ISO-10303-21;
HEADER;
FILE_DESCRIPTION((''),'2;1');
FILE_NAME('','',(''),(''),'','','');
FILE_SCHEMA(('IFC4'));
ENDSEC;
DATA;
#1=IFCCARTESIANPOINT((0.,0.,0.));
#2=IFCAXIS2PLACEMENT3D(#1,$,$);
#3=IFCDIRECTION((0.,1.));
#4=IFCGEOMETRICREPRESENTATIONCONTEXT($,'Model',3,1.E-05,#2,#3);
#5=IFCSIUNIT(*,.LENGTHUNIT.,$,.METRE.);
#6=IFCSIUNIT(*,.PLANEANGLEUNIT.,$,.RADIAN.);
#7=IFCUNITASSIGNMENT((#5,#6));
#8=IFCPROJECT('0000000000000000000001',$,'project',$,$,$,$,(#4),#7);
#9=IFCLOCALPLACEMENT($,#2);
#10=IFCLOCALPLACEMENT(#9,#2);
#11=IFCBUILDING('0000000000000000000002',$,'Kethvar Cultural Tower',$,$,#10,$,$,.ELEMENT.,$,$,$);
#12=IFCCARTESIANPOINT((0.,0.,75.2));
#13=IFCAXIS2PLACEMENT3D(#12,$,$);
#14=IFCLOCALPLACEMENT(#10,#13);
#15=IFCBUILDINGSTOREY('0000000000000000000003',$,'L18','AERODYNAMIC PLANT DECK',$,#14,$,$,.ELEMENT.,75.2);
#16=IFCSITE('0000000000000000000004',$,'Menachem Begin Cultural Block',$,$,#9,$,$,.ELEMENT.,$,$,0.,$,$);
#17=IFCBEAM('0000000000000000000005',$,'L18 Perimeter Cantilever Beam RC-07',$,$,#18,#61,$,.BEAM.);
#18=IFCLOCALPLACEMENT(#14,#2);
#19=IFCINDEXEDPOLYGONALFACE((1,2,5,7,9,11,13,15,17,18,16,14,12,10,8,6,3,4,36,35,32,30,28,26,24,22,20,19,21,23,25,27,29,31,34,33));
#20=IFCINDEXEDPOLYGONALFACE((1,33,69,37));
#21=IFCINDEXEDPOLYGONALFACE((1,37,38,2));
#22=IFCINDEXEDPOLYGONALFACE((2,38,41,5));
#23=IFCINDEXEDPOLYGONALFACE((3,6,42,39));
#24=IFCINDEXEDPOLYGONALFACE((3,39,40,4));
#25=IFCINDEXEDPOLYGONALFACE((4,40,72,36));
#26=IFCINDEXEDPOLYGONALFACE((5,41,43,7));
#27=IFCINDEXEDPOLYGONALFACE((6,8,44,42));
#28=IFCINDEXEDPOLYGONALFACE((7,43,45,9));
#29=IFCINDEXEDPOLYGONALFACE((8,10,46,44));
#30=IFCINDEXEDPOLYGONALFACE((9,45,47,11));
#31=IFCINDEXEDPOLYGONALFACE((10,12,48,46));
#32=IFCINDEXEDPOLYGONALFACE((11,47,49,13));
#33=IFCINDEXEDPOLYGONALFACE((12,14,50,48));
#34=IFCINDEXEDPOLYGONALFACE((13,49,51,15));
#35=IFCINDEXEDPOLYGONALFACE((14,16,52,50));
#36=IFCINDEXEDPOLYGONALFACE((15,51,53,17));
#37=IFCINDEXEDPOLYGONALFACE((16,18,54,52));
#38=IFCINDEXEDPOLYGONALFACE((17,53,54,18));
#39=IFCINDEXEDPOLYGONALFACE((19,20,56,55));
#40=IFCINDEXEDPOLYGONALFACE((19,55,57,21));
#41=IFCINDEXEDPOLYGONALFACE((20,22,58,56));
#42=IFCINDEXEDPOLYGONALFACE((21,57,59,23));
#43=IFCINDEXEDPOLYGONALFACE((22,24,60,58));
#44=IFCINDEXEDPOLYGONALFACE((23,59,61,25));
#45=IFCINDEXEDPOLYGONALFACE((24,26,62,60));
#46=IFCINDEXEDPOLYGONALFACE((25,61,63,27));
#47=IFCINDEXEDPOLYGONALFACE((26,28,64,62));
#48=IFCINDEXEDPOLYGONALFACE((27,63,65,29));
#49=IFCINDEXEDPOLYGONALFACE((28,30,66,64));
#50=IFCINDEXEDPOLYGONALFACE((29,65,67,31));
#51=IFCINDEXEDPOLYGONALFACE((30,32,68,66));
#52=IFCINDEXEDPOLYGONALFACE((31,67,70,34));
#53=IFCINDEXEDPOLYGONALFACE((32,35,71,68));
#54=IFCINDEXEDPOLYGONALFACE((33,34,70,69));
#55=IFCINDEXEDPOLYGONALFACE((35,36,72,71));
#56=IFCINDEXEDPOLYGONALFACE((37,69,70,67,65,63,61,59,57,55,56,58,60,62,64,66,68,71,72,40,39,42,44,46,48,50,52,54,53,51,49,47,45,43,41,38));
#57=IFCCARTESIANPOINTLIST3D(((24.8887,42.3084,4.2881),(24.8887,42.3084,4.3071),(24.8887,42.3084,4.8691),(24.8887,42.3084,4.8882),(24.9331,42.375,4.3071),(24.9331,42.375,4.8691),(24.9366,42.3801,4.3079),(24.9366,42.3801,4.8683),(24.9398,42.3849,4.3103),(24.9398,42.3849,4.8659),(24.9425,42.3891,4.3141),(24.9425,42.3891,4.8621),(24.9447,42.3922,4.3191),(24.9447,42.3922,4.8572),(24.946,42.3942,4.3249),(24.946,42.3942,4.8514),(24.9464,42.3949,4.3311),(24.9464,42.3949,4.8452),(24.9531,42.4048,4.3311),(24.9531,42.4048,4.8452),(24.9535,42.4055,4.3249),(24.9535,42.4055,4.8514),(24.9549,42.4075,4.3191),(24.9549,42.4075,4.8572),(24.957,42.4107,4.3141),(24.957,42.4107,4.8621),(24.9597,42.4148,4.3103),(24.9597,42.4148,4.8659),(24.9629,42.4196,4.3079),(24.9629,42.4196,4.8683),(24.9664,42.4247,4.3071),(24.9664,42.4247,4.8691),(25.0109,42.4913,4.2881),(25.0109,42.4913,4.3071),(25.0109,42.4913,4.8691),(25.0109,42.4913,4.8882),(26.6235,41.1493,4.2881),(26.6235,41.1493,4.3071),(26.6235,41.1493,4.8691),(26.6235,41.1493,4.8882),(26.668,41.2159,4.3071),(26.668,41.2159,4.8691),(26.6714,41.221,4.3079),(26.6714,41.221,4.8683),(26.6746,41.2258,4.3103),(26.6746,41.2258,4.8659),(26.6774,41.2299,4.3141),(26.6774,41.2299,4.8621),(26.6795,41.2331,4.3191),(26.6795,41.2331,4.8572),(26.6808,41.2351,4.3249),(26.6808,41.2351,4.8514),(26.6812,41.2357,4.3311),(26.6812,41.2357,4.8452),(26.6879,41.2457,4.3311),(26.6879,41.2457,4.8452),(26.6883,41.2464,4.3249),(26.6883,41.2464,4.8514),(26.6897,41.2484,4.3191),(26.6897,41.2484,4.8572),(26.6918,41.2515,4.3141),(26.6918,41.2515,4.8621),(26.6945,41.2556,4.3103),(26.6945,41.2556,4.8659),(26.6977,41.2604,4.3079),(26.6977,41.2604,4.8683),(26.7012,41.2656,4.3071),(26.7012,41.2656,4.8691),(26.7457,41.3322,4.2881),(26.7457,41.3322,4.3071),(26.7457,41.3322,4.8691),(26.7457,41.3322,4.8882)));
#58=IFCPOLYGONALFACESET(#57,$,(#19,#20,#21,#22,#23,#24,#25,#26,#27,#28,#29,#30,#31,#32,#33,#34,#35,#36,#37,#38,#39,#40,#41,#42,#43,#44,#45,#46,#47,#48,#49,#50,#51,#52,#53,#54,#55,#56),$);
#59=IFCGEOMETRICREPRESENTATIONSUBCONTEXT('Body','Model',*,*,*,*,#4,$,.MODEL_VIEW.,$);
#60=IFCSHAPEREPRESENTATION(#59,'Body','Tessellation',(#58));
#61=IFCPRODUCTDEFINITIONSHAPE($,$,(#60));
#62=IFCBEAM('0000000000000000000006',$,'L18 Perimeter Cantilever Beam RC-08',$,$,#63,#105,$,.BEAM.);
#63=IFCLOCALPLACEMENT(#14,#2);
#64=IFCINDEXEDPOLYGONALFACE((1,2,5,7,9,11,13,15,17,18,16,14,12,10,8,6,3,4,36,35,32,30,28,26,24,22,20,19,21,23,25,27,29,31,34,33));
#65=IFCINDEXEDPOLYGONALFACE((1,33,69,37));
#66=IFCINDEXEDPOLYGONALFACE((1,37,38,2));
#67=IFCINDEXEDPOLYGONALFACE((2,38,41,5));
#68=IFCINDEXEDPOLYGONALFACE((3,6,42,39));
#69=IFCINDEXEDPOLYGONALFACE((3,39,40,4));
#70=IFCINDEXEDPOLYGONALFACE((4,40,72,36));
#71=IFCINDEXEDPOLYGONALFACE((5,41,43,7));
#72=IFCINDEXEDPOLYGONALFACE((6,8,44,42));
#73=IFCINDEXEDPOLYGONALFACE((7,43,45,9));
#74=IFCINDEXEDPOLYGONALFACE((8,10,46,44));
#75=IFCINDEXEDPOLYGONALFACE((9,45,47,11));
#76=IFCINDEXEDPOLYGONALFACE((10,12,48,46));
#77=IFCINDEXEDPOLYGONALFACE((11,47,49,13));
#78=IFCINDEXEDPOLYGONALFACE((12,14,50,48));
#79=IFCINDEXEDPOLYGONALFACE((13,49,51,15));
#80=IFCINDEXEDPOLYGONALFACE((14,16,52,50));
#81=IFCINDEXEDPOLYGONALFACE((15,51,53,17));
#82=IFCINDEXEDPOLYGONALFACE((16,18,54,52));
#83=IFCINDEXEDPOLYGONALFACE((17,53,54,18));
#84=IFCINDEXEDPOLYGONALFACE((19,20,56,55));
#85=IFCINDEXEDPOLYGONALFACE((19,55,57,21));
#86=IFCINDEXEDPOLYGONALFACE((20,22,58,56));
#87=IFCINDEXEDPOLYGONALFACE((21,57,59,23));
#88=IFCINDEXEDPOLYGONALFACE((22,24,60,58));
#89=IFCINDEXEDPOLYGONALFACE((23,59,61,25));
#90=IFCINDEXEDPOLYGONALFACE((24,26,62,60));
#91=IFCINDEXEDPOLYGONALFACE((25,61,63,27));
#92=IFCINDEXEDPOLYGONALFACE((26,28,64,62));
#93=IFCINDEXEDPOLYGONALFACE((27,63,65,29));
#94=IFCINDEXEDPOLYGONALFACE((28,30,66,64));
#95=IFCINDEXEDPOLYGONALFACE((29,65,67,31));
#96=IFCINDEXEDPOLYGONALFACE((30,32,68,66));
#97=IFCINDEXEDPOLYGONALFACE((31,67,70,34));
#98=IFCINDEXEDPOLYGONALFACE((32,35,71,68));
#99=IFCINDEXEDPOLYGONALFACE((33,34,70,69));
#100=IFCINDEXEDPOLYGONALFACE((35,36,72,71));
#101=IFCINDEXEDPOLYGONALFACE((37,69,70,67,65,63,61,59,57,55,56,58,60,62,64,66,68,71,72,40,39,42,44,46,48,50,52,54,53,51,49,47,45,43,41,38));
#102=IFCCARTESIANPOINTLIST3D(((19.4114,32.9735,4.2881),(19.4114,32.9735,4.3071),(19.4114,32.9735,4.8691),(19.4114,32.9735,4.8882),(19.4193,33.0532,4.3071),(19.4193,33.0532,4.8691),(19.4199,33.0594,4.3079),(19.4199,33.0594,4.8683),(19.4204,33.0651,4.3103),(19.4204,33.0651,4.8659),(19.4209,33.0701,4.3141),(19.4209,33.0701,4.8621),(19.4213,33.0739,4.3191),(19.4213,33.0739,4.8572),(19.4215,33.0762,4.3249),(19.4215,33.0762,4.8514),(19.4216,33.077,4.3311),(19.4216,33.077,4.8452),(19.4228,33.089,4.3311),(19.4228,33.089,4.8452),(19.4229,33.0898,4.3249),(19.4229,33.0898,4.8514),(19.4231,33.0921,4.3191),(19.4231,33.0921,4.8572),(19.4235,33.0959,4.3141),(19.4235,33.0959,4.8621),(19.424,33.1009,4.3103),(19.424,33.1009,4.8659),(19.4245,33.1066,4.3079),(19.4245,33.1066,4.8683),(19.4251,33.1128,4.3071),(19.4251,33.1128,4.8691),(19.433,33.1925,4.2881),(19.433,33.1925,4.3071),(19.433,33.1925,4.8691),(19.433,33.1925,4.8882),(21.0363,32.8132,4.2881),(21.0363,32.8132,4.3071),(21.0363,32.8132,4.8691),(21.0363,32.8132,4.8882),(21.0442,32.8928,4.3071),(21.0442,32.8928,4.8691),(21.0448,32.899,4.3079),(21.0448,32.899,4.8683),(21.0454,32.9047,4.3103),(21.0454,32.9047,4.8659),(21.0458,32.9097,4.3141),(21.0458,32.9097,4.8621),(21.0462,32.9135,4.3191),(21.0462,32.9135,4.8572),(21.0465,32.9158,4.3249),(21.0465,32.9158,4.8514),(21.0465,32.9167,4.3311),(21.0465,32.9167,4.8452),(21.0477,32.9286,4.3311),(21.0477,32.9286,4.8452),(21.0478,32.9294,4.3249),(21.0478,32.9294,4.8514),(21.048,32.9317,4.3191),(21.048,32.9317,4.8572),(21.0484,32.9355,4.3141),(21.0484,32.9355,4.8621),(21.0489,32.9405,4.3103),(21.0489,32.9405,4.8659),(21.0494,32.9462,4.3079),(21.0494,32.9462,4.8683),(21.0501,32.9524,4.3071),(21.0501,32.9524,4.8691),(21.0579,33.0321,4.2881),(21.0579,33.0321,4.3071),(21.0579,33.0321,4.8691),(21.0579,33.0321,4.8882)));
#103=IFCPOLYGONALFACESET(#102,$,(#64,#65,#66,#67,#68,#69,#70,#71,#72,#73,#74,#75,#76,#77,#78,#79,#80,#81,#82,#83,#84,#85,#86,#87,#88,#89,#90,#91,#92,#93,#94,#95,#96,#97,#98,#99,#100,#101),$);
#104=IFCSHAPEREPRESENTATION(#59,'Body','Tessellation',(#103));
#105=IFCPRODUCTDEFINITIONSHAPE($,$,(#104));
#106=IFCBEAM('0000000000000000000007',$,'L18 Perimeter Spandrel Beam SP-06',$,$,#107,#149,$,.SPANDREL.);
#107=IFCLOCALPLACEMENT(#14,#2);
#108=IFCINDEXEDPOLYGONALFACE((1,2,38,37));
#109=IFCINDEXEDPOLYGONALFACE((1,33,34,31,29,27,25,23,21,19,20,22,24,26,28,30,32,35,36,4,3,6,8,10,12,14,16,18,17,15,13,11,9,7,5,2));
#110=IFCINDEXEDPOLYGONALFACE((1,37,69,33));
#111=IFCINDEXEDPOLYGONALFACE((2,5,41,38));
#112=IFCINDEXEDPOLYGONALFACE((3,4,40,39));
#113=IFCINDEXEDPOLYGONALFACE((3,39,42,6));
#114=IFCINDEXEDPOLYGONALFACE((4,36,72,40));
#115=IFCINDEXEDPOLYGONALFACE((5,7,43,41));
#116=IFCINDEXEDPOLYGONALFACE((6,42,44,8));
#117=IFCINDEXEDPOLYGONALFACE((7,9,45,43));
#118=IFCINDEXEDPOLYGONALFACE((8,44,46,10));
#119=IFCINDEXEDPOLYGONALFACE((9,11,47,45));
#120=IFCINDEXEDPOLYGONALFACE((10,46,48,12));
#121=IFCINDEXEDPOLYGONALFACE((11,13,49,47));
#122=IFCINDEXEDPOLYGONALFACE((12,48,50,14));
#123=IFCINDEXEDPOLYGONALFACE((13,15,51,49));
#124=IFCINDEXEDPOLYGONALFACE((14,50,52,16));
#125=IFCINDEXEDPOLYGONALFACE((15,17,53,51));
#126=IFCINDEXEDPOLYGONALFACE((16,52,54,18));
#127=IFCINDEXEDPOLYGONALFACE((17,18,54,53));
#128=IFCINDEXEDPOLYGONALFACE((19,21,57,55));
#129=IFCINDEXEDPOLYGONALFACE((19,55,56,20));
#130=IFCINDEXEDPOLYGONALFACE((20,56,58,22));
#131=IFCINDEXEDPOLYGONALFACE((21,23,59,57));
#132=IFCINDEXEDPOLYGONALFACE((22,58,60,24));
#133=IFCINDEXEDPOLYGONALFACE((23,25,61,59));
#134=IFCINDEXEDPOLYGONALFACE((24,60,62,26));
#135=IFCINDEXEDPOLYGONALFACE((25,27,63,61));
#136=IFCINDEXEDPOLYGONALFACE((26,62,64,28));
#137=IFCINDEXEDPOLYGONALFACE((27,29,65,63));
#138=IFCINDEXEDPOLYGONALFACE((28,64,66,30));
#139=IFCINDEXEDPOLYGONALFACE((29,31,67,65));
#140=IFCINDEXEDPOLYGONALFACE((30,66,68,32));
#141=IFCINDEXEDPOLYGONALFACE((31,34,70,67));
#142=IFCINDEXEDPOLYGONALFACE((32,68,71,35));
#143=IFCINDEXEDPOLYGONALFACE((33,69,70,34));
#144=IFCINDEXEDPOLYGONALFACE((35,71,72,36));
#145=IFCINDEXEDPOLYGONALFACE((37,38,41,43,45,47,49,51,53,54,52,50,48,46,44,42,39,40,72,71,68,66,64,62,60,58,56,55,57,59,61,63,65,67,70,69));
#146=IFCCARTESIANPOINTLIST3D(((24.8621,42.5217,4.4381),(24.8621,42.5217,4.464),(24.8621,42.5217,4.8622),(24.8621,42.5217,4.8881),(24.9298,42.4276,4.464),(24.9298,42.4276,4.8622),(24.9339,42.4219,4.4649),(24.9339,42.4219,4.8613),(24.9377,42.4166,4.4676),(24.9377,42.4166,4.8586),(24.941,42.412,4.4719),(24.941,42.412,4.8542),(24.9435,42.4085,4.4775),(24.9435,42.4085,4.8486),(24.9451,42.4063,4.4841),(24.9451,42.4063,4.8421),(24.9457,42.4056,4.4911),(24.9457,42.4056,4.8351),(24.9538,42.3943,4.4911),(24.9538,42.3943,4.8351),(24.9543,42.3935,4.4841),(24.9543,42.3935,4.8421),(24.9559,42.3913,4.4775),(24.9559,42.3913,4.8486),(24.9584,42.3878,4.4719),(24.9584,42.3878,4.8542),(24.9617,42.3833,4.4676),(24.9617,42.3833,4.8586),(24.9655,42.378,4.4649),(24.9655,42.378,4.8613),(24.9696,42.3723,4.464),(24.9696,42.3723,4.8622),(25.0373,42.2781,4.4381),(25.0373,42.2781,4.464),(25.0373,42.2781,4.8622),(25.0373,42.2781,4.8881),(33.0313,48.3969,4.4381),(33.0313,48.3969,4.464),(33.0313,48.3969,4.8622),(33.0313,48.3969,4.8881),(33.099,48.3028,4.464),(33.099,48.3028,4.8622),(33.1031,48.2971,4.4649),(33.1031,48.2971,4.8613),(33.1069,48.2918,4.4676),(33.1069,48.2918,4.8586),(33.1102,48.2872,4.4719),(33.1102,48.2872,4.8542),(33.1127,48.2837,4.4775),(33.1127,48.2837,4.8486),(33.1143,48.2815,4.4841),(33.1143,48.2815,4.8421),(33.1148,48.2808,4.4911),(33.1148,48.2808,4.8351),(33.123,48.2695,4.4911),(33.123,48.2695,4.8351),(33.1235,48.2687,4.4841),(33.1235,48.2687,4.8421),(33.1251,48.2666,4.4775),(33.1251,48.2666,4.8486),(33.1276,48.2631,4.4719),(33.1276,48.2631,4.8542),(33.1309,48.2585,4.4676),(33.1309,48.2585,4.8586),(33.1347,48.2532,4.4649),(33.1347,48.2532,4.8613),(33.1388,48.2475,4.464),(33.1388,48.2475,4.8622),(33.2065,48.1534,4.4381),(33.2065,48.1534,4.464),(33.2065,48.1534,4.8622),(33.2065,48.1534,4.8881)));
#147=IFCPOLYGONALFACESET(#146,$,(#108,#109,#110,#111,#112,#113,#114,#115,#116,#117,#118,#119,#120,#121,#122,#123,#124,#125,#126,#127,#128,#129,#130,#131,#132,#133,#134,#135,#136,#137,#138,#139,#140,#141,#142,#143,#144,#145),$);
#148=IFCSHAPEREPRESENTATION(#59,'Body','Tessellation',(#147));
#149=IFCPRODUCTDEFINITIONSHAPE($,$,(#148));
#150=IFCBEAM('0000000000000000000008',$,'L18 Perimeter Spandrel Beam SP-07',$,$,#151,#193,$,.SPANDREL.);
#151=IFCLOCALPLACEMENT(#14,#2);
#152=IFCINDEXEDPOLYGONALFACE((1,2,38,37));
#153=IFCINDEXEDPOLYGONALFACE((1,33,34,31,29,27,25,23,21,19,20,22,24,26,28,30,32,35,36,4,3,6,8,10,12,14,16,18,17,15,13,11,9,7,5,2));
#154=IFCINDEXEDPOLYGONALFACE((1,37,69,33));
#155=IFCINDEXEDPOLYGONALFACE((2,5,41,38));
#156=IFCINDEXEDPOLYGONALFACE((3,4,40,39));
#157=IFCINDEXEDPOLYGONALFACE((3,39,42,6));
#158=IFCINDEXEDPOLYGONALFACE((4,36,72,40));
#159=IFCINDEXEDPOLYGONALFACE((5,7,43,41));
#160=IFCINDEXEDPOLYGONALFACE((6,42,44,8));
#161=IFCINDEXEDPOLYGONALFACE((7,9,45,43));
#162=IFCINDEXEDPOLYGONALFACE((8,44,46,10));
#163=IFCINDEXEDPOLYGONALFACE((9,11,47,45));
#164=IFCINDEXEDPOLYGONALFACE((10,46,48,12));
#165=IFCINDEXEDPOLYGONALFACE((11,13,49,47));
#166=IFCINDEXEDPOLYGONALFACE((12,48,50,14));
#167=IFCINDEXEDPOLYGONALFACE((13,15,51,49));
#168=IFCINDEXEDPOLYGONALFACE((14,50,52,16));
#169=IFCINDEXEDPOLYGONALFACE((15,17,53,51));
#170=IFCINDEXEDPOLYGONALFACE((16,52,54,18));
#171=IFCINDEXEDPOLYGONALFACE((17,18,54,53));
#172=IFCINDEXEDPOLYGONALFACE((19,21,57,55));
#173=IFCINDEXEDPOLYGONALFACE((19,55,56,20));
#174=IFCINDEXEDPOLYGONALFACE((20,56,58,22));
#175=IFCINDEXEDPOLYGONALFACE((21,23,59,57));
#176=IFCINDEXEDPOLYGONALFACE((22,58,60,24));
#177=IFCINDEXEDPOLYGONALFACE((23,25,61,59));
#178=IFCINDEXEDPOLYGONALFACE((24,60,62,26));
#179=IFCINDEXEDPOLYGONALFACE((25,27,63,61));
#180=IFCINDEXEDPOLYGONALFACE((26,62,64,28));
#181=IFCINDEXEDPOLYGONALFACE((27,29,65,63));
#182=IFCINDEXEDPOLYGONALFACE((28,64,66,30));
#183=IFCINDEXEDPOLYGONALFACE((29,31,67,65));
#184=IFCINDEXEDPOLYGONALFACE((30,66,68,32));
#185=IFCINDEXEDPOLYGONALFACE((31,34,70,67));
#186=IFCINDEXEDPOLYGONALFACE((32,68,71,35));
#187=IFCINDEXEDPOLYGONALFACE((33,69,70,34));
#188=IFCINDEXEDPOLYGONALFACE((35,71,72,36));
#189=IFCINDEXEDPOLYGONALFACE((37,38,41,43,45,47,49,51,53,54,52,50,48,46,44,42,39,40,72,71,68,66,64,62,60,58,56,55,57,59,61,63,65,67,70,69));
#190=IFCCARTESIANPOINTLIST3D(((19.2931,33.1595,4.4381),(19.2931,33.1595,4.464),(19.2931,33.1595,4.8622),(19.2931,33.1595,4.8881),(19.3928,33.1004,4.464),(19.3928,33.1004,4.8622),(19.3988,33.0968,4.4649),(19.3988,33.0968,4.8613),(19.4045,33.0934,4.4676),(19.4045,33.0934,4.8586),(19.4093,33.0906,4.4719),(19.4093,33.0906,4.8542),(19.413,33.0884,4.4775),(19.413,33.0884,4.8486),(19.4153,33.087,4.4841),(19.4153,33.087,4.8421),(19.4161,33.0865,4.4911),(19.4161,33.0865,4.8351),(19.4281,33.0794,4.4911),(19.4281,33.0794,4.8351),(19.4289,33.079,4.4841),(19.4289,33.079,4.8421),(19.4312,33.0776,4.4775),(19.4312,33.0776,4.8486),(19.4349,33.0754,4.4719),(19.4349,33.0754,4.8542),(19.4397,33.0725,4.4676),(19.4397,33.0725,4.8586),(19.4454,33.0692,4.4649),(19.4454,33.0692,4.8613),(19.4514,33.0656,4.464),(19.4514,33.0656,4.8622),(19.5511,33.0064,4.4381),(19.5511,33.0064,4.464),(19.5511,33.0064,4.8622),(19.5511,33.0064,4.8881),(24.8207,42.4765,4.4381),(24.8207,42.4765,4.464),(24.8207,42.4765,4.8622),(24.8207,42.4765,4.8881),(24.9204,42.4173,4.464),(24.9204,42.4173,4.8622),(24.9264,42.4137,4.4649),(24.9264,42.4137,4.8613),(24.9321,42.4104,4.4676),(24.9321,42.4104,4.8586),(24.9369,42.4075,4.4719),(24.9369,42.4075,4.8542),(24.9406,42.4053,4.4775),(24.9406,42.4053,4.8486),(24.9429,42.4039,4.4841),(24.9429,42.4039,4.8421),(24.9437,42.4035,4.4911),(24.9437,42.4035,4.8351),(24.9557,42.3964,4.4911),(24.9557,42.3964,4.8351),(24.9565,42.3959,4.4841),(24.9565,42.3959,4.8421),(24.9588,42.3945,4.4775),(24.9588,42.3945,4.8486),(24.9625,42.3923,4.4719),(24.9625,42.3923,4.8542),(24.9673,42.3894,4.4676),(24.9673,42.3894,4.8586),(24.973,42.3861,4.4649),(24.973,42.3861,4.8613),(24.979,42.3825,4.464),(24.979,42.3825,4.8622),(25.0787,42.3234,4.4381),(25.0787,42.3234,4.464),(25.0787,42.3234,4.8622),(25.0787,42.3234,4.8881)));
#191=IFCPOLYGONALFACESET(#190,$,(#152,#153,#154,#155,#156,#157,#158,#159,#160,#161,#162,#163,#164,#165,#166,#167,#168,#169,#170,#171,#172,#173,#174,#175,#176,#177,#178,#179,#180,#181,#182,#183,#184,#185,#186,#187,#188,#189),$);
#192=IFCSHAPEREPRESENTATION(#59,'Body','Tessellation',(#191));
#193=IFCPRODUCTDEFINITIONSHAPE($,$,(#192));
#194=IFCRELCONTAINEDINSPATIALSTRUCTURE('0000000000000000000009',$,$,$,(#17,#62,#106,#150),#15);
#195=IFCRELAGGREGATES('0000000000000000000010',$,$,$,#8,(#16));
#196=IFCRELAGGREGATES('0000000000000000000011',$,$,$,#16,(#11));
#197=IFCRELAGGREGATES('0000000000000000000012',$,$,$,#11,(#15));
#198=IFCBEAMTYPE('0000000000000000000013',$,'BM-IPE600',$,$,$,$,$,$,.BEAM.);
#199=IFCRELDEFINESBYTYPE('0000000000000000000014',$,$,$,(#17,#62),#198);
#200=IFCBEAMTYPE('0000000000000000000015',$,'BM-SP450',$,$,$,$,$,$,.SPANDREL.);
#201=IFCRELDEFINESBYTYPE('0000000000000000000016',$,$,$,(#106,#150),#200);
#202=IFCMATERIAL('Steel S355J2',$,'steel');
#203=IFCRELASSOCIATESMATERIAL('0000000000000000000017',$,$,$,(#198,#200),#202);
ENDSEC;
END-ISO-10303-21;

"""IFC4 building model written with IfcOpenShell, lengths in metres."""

from ifc_helpers import new_model, si_unit, direction, frame, origin, origin_2d, place, context, subcontext, project, spatial, i_section, extrude, source, transform, mapped, material, material_profile, profile_set, type_object, element, save


model = new_model("IFC4")

# Units and contexts
model_context = context("Model", 3, precision=1e-05, world=origin(), true_north=direction((0.0, 1.0)))
body_context = subcontext(model_context, "Body", "Model", "MODEL_VIEW")
ifc_project = project(units=[si_unit("LENGTHUNIT", "METRE"), si_unit("PLANEANGLEUNIT", "RADIAN")], contexts=[model_context])

# Site, building, storey
site_placement = place(None, origin())
site = spatial("IfcSite", under=ifc_project, at=site_placement, Name="Menachem Begin Cultural Block", CompositionType="ELEMENT", RefElevation=0.0)
building_placement = place(site_placement, origin())
building = spatial("IfcBuilding", under=site, at=building_placement, Name="Kethvar Cultural Tower", CompositionType="ELEMENT")
storey_placement = place(building_placement, frame((0.0, 0.0, 75.2)))
storey = spatial("IfcBuildingStorey", under=building, at=storey_placement, Name="L18", Description="AERODYNAMIC PLANT DECK", CompositionType="ELEMENT", Elevation=75.2)

# Beams
ifc_material_1 = material(Name="Steel S355J2", Category="steel")
ifc_material_profile_1 = material_profile(ifc_material_1, i_section(OverallWidth=0.22, OverallDepth=0.6001, WebThickness=0.012, FlangeThickness=0.019, FilletRadius=0.0239, at=origin_2d()), Name="Steel S355J2 — IPE600")
ifc_profile_set_1 = profile_set([ifc_material_profile_1], Name="Steel S355J2 — IPE600")
beam_type_1 = type_object("IfcBeamType", Name="BM-IPE600", PredefinedType="BEAM", material=ifc_profile_set_1)
shared_shape_1 = source(origin(), body_context, "Body", "SweptSolid", [
    extrude(i_section(OverallWidth=0.22, OverallDepth=0.6001, WebThickness=0.012, FlangeThickness=0.019, FilletRadius=0.0239, at=origin_2d()), origin(), (0.0, 0.0, 1.0), 2.0864),
])
beam_1_placement = place(storey_placement, frame((26.6846, 41.2407, 4.5881), z_axis=(-0.831474, 0.555564, 0.0), x_axis=(-0.555564, -0.831474, 0.0)))
element("IfcBeam", 1, at=beam_1_placement, inside=storey, type_object=beam_type_1, Name="L18 Perimeter Cantilever Beam RC-07", PredefinedType="BEAM", context=body_context, shape_type="MappedRepresentation", body=[
    mapped(shared_shape_1, transform((0.0, 0.0, 0.0), scale=1.0)),
])
shared_shape_2 = source(origin(), body_context, "Body", "SweptSolid", [
    extrude(i_section(OverallWidth=0.22, OverallDepth=0.6001, WebThickness=0.012, FlangeThickness=0.019, FilletRadius=0.0239, at=origin_2d()), origin(), (0.0, 0.0, 1.0), 1.6328),
])
beam_2_placement = place(storey_placement, frame((21.0471, 32.9226, 4.5881), z_axis=(-0.995164, 0.098231, 0.0), x_axis=(-0.098231, -0.995164, 0.0)))
element("IfcBeam", 2, at=beam_2_placement, inside=storey, type_object=beam_type_1, Name="L18 Perimeter Cantilever Beam RC-08", PredefinedType="BEAM", context=body_context, shape_type="MappedRepresentation", body=[
    mapped(shared_shape_2, transform((0.0, 0.0, 0.0), scale=1.0)),
])
ifc_material_profile_2 = material_profile(ifc_material_1, i_section(OverallWidth=0.3, OverallDepth=0.45, WebThickness=0.0139, FlangeThickness=0.0259, FilletRadius=0.0271, at=origin_2d()), Name="Steel S355J2 — HEB450")
ifc_profile_set_2 = profile_set([ifc_material_profile_2], Name="Steel S355J2 — HEB450")
beam_type_2 = type_object("IfcBeamType", Name="BM-SP450", PredefinedType="SPANDREL", material=ifc_profile_set_2)
shared_shape_3 = source(origin(), body_context, "Body", "SweptSolid", [
    extrude(i_section(OverallWidth=0.3, OverallDepth=0.45, WebThickness=0.0139, FlangeThickness=0.0259, FilletRadius=0.0271, at=origin_2d()), origin(), (0.0, 0.0, 1.0), 10.0625),
])
beam_3_placement = place(storey_placement, frame((33.1189, 48.2751, 4.6631), z_axis=(-0.811844, -0.583874, 0.0), x_axis=(0.583874, -0.811844, 0.0)))
element("IfcBeam", 3, at=beam_3_placement, inside=storey, type_object=beam_type_2, Name="L18 Perimeter Spandrel Beam SP-06", PredefinedType="SPANDREL", context=body_context, shape_type="MappedRepresentation", body=[
    mapped(shared_shape_3, transform((0.0, 0.0, 0.0), scale=1.0)),
])
shared_shape_4 = source(origin(), body_context, "Body", "SweptSolid", [
    extrude(i_section(OverallWidth=0.3, OverallDepth=0.45, WebThickness=0.0139, FlangeThickness=0.0259, FilletRadius=0.0271, at=origin_2d()), origin(), (0.0, 0.0, 1.0), 10.8333),
])
beam_4_placement = place(storey_placement, frame((24.9497, 42.3999, 4.6631), z_axis=(-0.510244, -0.86003, 0.0), x_axis=(0.86003, -0.510244, 0.0)))
element("IfcBeam", 4, at=beam_4_placement, inside=storey, type_object=beam_type_2, Name="L18 Perimeter Spandrel Beam SP-07", PredefinedType="SPANDREL", context=body_context, shape_type="MappedRepresentation", body=[
    mapped(shared_shape_4, transform((0.0, 0.0, 0.0), scale=1.0)),
])

save(model, "model.ifc")
